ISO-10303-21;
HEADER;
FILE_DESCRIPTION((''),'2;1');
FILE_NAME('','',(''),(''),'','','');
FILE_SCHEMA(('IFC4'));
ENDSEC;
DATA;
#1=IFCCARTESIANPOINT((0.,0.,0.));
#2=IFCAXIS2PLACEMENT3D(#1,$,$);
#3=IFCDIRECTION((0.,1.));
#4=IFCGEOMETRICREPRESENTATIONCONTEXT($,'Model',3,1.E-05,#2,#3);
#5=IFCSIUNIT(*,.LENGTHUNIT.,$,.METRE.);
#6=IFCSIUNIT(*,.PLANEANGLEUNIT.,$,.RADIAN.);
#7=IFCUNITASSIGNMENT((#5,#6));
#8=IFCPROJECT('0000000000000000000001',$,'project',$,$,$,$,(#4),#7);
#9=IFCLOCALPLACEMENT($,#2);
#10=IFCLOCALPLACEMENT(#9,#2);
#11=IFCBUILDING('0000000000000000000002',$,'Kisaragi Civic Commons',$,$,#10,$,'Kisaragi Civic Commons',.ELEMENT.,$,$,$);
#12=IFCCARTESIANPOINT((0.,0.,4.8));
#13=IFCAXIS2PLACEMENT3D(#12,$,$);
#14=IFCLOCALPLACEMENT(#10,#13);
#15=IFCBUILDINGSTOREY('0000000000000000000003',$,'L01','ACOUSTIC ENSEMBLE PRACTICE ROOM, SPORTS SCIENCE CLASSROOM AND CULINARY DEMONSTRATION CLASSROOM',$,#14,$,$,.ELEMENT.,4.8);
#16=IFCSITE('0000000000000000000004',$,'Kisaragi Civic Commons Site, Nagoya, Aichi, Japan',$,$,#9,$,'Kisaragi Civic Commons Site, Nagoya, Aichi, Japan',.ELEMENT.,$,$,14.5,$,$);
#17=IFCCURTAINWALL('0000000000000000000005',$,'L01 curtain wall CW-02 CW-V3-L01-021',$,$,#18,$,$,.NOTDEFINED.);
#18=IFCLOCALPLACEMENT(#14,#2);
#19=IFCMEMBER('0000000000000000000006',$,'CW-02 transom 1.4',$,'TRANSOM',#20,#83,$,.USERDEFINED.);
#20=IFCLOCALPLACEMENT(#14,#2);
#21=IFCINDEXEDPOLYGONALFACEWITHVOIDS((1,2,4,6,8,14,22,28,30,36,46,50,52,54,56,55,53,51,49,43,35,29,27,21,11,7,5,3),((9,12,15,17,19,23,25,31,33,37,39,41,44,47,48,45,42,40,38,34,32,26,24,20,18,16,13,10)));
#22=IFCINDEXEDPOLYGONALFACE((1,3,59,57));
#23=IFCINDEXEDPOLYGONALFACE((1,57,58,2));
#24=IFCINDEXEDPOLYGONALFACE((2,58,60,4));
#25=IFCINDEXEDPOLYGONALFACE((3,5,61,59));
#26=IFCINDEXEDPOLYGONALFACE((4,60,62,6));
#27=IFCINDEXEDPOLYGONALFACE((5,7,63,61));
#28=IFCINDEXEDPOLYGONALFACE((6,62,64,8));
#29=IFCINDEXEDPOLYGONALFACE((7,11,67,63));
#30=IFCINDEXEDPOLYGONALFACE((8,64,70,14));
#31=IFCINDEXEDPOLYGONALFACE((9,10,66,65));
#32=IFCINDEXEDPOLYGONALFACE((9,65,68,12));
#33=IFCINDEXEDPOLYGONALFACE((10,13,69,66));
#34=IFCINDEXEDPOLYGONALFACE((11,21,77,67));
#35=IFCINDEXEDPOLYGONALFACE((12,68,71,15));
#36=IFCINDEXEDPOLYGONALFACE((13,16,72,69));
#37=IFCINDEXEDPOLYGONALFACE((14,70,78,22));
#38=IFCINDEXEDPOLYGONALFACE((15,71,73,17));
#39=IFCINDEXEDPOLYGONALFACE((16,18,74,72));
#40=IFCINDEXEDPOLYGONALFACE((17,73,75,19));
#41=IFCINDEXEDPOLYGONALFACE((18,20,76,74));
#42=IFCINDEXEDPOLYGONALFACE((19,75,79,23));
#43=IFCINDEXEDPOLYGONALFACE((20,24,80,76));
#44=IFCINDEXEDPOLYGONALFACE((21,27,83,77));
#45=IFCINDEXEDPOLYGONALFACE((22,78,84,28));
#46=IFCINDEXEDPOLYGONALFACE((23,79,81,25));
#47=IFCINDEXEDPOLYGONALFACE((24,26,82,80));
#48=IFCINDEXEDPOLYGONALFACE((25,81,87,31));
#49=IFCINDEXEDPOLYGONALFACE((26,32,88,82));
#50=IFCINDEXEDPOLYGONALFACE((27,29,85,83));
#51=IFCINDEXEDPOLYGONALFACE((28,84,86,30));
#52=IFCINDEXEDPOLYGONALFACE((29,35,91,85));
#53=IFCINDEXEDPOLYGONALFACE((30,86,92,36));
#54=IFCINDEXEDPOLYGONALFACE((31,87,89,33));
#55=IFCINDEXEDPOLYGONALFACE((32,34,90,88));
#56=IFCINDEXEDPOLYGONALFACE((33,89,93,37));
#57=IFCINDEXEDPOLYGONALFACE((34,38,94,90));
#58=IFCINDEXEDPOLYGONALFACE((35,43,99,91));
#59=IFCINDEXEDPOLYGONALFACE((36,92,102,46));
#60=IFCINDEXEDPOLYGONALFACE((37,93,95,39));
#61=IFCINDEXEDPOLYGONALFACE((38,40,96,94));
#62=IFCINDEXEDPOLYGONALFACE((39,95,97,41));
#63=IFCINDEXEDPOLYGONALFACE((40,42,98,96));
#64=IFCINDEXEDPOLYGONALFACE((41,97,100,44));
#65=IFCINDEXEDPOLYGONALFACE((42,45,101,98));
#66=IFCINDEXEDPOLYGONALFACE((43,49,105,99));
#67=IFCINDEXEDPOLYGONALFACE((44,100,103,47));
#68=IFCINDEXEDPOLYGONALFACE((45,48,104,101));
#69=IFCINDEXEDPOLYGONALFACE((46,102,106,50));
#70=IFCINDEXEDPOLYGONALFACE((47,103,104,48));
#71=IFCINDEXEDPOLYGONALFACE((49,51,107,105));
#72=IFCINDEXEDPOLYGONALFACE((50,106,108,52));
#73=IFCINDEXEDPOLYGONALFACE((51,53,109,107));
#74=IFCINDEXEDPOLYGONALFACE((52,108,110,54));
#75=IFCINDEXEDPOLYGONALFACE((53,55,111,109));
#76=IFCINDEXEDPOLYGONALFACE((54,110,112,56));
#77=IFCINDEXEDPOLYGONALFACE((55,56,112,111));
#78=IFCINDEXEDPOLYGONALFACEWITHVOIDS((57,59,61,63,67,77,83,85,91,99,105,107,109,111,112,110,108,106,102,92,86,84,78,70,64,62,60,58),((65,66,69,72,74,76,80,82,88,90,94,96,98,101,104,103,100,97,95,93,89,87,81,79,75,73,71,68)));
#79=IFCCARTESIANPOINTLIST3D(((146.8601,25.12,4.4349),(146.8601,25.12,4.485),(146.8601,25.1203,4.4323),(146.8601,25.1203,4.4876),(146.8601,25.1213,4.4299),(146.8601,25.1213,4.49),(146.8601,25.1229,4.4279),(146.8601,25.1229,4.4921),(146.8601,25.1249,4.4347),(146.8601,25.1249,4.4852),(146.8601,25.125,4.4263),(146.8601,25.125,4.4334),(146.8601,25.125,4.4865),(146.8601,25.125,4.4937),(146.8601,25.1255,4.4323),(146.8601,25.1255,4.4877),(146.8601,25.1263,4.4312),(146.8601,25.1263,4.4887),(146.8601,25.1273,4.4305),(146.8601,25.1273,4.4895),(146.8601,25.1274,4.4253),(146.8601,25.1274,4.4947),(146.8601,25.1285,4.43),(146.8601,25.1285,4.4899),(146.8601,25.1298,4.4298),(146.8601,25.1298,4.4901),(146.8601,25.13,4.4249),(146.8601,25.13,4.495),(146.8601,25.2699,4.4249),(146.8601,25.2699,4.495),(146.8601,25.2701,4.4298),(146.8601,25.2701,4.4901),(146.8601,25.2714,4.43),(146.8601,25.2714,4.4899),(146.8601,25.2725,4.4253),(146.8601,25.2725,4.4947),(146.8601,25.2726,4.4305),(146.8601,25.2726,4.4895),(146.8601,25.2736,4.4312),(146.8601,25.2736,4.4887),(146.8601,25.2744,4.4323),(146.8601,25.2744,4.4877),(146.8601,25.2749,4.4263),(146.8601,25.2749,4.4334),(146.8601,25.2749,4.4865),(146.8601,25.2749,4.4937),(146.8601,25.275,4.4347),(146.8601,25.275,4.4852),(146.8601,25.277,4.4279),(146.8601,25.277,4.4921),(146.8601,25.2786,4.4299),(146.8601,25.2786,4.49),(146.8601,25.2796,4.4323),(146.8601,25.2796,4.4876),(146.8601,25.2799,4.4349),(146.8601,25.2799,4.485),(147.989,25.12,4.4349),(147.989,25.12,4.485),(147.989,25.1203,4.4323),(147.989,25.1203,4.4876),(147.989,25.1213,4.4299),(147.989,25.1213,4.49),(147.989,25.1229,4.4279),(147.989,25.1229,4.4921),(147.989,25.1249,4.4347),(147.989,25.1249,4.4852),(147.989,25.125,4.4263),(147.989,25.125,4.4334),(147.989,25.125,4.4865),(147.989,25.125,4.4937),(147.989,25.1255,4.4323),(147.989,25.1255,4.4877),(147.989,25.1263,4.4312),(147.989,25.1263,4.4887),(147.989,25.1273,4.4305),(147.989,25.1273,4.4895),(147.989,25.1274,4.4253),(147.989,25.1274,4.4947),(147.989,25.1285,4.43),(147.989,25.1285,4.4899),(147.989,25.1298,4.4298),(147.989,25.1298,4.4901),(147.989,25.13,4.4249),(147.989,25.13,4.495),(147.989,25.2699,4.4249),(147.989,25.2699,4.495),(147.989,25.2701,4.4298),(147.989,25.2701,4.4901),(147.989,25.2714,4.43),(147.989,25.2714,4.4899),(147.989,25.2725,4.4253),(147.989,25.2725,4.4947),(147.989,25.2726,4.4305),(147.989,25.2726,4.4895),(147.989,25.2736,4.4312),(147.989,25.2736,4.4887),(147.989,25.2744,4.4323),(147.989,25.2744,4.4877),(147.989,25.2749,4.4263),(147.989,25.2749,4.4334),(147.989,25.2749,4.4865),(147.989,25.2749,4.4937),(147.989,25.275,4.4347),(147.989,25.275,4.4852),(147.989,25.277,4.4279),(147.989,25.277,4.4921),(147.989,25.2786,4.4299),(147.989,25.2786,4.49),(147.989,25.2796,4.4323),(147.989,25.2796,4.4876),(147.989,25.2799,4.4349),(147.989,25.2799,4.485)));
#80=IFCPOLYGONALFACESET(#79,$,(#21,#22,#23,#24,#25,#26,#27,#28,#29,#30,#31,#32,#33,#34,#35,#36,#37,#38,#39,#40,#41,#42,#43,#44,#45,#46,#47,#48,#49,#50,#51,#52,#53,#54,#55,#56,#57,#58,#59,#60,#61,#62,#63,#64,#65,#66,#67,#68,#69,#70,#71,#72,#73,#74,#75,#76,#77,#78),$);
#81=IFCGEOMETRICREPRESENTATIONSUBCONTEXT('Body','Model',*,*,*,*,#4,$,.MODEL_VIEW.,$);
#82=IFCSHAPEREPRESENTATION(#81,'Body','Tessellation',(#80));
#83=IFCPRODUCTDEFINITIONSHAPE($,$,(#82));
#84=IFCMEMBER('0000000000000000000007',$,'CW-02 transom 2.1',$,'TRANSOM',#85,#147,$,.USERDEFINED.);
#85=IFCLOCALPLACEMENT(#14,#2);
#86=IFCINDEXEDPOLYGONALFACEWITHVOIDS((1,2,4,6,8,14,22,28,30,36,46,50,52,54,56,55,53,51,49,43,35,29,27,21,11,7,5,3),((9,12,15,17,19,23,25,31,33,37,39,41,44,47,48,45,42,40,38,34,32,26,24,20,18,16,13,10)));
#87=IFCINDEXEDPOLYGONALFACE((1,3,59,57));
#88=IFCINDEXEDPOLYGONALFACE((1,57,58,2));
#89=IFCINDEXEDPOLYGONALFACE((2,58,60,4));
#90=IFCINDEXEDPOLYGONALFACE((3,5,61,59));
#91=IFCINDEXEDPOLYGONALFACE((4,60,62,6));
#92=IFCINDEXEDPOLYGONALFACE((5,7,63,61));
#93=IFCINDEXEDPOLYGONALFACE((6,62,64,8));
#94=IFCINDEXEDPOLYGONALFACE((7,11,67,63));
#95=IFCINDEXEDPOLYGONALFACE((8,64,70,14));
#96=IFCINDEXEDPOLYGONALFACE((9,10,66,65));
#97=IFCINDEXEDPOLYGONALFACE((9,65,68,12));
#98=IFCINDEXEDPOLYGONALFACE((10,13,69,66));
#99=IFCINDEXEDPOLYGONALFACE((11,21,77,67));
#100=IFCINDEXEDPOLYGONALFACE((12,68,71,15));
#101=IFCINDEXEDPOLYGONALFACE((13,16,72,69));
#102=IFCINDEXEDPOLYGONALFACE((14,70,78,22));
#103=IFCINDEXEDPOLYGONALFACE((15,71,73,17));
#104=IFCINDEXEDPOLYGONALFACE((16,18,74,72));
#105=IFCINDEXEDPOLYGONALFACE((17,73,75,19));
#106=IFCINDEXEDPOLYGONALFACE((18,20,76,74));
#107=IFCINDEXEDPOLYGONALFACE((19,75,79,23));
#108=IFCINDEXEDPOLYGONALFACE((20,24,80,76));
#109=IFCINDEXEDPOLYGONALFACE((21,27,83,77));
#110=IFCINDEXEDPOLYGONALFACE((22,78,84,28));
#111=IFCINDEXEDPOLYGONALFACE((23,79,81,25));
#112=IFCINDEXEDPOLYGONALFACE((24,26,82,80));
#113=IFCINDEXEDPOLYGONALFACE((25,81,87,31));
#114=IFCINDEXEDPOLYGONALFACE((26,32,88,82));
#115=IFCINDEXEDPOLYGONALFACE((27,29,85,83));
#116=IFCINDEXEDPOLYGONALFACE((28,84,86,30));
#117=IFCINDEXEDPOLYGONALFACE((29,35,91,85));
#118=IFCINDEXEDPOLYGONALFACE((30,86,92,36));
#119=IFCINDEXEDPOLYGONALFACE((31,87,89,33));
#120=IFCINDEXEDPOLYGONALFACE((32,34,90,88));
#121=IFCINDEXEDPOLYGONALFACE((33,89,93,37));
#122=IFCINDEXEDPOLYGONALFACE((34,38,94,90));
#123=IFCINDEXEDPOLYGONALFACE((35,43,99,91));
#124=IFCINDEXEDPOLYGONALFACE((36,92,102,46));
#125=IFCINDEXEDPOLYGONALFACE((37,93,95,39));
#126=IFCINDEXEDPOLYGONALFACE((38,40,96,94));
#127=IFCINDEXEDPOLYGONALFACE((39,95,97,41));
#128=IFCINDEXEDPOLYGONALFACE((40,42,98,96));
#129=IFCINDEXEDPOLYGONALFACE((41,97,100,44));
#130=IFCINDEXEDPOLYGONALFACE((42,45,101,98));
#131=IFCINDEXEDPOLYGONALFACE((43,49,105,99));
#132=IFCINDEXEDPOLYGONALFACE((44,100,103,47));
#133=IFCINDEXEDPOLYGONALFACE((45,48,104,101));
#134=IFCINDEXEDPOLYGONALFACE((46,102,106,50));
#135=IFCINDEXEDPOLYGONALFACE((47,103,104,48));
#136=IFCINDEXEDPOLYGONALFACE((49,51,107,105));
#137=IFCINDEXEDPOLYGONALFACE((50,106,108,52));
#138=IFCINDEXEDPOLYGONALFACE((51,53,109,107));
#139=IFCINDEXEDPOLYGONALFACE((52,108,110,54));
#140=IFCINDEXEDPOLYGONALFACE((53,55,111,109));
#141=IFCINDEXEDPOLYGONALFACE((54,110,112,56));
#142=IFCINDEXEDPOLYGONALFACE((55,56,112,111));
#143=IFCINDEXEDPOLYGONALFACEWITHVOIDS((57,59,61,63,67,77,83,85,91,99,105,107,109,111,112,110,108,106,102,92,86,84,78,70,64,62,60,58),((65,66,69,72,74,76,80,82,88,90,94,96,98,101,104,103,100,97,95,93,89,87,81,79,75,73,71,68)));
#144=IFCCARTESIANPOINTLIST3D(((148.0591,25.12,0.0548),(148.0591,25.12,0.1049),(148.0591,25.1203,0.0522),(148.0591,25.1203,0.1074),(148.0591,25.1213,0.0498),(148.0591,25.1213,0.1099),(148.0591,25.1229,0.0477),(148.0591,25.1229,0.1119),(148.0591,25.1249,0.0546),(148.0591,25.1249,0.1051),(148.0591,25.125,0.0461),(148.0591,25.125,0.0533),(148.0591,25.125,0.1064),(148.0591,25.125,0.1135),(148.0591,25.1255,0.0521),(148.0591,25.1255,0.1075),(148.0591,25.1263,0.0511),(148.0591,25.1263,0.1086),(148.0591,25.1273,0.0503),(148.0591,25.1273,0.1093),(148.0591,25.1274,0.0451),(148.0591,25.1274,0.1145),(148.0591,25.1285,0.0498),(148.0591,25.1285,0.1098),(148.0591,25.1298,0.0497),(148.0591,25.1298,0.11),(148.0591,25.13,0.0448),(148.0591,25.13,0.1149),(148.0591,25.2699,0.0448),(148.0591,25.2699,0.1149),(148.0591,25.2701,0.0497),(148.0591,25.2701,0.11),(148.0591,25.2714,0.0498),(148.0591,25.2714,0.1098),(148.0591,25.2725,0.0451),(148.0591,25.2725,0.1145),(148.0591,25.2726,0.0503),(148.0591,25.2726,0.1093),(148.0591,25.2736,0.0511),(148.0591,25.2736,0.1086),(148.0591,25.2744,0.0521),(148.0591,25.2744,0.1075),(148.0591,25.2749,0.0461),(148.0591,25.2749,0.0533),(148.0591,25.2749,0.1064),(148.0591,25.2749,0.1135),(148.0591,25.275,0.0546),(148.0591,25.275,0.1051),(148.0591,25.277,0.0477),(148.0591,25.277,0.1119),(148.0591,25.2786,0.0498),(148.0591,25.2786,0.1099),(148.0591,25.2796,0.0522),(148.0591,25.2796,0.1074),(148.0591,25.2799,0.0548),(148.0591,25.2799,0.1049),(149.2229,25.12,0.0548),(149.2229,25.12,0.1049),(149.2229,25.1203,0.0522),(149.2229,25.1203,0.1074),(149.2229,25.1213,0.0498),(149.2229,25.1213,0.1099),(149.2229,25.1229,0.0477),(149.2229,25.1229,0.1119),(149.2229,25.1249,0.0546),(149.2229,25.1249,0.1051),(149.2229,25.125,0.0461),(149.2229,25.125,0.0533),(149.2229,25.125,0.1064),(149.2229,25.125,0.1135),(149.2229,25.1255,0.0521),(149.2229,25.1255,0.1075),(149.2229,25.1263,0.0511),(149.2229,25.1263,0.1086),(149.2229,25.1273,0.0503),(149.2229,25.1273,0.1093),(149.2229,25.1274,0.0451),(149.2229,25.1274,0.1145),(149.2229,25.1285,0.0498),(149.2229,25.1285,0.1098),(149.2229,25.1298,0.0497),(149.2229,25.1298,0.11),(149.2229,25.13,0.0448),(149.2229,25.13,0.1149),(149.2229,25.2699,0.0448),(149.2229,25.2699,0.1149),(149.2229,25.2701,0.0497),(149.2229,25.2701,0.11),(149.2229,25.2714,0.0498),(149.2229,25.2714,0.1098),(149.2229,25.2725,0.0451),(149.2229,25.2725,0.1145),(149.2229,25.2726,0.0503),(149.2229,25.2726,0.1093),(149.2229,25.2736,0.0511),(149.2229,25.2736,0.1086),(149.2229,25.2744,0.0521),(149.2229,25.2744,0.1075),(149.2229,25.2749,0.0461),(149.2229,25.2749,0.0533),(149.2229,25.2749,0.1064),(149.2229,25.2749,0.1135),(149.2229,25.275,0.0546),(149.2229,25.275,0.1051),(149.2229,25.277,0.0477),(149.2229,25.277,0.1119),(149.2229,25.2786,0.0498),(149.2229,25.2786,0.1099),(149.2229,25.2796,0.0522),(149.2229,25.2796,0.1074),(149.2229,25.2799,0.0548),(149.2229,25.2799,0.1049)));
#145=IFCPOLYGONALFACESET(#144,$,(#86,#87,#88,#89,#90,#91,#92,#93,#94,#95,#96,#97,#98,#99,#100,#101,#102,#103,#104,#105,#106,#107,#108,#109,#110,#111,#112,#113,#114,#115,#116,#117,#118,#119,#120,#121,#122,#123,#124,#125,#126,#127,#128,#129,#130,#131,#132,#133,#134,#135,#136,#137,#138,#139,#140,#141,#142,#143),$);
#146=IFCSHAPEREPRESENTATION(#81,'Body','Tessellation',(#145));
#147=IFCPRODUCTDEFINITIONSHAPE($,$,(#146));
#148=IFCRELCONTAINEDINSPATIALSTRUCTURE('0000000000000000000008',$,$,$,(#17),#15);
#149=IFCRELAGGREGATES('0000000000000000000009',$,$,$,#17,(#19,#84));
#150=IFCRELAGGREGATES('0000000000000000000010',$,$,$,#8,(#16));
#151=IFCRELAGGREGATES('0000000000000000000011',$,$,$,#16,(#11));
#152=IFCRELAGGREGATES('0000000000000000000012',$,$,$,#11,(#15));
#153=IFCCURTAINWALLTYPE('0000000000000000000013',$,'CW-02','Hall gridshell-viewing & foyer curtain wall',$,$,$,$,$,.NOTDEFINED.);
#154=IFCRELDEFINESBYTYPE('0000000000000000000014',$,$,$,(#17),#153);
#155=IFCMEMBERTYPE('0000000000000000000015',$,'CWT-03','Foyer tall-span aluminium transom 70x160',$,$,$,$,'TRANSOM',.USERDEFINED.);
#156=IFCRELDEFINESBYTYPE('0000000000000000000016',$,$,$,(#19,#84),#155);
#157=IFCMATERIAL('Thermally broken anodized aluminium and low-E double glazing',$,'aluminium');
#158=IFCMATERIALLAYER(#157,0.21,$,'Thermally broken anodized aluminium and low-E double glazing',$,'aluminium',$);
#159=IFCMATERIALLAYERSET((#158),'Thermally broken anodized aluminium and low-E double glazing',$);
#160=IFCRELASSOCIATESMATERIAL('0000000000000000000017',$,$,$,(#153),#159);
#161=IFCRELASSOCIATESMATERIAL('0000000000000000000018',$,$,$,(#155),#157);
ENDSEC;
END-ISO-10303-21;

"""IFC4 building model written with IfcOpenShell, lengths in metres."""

from ifc_helpers import new_model, si_unit, direction, frame, origin, origin_2d, place, context, subcontext, project, spatial, hollow_rectangle, extrude, material, layer, layer_set, material_profile, profile_set, type_object, element, aggregate, save


model = new_model("IFC4")

# Units and contexts
model_context = context("Model", 3, precision=1e-05, world=origin(), true_north=direction((0.0, 1.0)))
body_context = subcontext(model_context, "Body", "Model", "MODEL_VIEW")
ifc_project = project(units=[si_unit("LENGTHUNIT", "METRE"), si_unit("PLANEANGLEUNIT", "RADIAN")], contexts=[model_context])

# Site, building, storey
site_placement = place(None, origin())
site = spatial("IfcSite", under=ifc_project, at=site_placement, Name="Kisaragi Civic Commons Site, Nagoya, Aichi, Japan", LongName="Kisaragi Civic Commons Site, Nagoya, Aichi, Japan", CompositionType="ELEMENT", RefElevation=14.5)
building_placement = place(site_placement, origin())
building = spatial("IfcBuilding", under=site, at=building_placement, Name="Kisaragi Civic Commons", LongName="Kisaragi Civic Commons", CompositionType="ELEMENT")
storey_placement = place(building_placement, frame((0.0, 0.0, 4.8)))
storey = spatial("IfcBuildingStorey", under=building, at=storey_placement, Name="L01", Description="ACOUSTIC ENSEMBLE PRACTICE ROOM, SPORTS SCIENCE CLASSROOM AND CULINARY DEMONSTRATION CLASSROOM", CompositionType="ELEMENT", Elevation=4.8)

# Curtain wall, members
ifc_material_1 = material(Name="Thermally broken anodized aluminium and low-E double glazing", Category="aluminium")
ifc_layer_1 = layer(ifc_material_1, 0.21, Name="Thermally broken anodized aluminium and low-E double glazing", Category="aluminium")
ifc_layer_set_1 = layer_set([ifc_layer_1], Name="Thermally broken anodized aluminium and low-E double glazing")
curtain_wall_type = type_object("IfcCurtainWallType", Name="CW-02", Description="Hall gridshell-viewing & foyer curtain wall", PredefinedType="NOTDEFINED", material=ifc_layer_set_1)
curtain_wall_placement = place(storey_placement, origin())
curtain_wall = element("IfcCurtainWall", 1, at=curtain_wall_placement, inside=storey, type_object=curtain_wall_type, Name="L01 curtain wall CW-02 CW-V3-L01-021", PredefinedType="NOTDEFINED")
ifc_material_profile_1 = material_profile(ifc_material_1, hollow_rectangle(XDim=0.1599, YDim=0.0701, WallThickness=0.0049, InnerFilletRadius=0.0049, OuterFilletRadius=0.01, at=origin_2d()), Name="CWT-70x160x5", Category="aluminium")
ifc_profile_set_1 = profile_set([ifc_material_profile_1], Name="Thermally broken anodized aluminium and low-E double glazing")
member_type_1 = type_object("IfcMemberType", Name="CWT-03", Description="Foyer tall-span aluminium transom 70x160", ElementType="TRANSOM", PredefinedType="USERDEFINED", material=ifc_profile_set_1)
member_1_placement = place(storey_placement, frame((146.8601, 25.2, 4.46), z_axis=(1.0, 0.0, 0.0), x_axis=(0.0, 1.0, 0.0)))
member_1 = element("IfcMember", 2, at=member_1_placement, type_object=member_type_1, Name="CW-02 transom 1.4", ObjectType="TRANSOM", PredefinedType="USERDEFINED", context=body_context, shape_type="SweptSolid", body=[
    extrude(hollow_rectangle(XDim=0.1599, YDim=0.0701, WallThickness=0.0049, InnerFilletRadius=0.0049, OuterFilletRadius=0.01, at=origin_2d()), origin(), (0.0, 0.0, 1.0), 1.1289),
])
member_2_placement = place(storey_placement, frame((148.0591, 25.2, 0.0798), z_axis=(1.0, 0.0, 0.0), x_axis=(0.0, 1.0, 0.0)))
member_2 = element("IfcMember", 3, at=member_2_placement, type_object=member_type_1, Name="CW-02 transom 2.1", ObjectType="TRANSOM", PredefinedType="USERDEFINED", context=body_context, shape_type="SweptSolid", body=[
    extrude(hollow_rectangle(XDim=0.1599, YDim=0.0701, WallThickness=0.0049, InnerFilletRadius=0.0049, OuterFilletRadius=0.01, at=origin_2d()), origin(), (0.0, 0.0, 1.0), 1.1638),
])

aggregate(curtain_wall, [member_1, member_2])

save(model, "model.ifc")
